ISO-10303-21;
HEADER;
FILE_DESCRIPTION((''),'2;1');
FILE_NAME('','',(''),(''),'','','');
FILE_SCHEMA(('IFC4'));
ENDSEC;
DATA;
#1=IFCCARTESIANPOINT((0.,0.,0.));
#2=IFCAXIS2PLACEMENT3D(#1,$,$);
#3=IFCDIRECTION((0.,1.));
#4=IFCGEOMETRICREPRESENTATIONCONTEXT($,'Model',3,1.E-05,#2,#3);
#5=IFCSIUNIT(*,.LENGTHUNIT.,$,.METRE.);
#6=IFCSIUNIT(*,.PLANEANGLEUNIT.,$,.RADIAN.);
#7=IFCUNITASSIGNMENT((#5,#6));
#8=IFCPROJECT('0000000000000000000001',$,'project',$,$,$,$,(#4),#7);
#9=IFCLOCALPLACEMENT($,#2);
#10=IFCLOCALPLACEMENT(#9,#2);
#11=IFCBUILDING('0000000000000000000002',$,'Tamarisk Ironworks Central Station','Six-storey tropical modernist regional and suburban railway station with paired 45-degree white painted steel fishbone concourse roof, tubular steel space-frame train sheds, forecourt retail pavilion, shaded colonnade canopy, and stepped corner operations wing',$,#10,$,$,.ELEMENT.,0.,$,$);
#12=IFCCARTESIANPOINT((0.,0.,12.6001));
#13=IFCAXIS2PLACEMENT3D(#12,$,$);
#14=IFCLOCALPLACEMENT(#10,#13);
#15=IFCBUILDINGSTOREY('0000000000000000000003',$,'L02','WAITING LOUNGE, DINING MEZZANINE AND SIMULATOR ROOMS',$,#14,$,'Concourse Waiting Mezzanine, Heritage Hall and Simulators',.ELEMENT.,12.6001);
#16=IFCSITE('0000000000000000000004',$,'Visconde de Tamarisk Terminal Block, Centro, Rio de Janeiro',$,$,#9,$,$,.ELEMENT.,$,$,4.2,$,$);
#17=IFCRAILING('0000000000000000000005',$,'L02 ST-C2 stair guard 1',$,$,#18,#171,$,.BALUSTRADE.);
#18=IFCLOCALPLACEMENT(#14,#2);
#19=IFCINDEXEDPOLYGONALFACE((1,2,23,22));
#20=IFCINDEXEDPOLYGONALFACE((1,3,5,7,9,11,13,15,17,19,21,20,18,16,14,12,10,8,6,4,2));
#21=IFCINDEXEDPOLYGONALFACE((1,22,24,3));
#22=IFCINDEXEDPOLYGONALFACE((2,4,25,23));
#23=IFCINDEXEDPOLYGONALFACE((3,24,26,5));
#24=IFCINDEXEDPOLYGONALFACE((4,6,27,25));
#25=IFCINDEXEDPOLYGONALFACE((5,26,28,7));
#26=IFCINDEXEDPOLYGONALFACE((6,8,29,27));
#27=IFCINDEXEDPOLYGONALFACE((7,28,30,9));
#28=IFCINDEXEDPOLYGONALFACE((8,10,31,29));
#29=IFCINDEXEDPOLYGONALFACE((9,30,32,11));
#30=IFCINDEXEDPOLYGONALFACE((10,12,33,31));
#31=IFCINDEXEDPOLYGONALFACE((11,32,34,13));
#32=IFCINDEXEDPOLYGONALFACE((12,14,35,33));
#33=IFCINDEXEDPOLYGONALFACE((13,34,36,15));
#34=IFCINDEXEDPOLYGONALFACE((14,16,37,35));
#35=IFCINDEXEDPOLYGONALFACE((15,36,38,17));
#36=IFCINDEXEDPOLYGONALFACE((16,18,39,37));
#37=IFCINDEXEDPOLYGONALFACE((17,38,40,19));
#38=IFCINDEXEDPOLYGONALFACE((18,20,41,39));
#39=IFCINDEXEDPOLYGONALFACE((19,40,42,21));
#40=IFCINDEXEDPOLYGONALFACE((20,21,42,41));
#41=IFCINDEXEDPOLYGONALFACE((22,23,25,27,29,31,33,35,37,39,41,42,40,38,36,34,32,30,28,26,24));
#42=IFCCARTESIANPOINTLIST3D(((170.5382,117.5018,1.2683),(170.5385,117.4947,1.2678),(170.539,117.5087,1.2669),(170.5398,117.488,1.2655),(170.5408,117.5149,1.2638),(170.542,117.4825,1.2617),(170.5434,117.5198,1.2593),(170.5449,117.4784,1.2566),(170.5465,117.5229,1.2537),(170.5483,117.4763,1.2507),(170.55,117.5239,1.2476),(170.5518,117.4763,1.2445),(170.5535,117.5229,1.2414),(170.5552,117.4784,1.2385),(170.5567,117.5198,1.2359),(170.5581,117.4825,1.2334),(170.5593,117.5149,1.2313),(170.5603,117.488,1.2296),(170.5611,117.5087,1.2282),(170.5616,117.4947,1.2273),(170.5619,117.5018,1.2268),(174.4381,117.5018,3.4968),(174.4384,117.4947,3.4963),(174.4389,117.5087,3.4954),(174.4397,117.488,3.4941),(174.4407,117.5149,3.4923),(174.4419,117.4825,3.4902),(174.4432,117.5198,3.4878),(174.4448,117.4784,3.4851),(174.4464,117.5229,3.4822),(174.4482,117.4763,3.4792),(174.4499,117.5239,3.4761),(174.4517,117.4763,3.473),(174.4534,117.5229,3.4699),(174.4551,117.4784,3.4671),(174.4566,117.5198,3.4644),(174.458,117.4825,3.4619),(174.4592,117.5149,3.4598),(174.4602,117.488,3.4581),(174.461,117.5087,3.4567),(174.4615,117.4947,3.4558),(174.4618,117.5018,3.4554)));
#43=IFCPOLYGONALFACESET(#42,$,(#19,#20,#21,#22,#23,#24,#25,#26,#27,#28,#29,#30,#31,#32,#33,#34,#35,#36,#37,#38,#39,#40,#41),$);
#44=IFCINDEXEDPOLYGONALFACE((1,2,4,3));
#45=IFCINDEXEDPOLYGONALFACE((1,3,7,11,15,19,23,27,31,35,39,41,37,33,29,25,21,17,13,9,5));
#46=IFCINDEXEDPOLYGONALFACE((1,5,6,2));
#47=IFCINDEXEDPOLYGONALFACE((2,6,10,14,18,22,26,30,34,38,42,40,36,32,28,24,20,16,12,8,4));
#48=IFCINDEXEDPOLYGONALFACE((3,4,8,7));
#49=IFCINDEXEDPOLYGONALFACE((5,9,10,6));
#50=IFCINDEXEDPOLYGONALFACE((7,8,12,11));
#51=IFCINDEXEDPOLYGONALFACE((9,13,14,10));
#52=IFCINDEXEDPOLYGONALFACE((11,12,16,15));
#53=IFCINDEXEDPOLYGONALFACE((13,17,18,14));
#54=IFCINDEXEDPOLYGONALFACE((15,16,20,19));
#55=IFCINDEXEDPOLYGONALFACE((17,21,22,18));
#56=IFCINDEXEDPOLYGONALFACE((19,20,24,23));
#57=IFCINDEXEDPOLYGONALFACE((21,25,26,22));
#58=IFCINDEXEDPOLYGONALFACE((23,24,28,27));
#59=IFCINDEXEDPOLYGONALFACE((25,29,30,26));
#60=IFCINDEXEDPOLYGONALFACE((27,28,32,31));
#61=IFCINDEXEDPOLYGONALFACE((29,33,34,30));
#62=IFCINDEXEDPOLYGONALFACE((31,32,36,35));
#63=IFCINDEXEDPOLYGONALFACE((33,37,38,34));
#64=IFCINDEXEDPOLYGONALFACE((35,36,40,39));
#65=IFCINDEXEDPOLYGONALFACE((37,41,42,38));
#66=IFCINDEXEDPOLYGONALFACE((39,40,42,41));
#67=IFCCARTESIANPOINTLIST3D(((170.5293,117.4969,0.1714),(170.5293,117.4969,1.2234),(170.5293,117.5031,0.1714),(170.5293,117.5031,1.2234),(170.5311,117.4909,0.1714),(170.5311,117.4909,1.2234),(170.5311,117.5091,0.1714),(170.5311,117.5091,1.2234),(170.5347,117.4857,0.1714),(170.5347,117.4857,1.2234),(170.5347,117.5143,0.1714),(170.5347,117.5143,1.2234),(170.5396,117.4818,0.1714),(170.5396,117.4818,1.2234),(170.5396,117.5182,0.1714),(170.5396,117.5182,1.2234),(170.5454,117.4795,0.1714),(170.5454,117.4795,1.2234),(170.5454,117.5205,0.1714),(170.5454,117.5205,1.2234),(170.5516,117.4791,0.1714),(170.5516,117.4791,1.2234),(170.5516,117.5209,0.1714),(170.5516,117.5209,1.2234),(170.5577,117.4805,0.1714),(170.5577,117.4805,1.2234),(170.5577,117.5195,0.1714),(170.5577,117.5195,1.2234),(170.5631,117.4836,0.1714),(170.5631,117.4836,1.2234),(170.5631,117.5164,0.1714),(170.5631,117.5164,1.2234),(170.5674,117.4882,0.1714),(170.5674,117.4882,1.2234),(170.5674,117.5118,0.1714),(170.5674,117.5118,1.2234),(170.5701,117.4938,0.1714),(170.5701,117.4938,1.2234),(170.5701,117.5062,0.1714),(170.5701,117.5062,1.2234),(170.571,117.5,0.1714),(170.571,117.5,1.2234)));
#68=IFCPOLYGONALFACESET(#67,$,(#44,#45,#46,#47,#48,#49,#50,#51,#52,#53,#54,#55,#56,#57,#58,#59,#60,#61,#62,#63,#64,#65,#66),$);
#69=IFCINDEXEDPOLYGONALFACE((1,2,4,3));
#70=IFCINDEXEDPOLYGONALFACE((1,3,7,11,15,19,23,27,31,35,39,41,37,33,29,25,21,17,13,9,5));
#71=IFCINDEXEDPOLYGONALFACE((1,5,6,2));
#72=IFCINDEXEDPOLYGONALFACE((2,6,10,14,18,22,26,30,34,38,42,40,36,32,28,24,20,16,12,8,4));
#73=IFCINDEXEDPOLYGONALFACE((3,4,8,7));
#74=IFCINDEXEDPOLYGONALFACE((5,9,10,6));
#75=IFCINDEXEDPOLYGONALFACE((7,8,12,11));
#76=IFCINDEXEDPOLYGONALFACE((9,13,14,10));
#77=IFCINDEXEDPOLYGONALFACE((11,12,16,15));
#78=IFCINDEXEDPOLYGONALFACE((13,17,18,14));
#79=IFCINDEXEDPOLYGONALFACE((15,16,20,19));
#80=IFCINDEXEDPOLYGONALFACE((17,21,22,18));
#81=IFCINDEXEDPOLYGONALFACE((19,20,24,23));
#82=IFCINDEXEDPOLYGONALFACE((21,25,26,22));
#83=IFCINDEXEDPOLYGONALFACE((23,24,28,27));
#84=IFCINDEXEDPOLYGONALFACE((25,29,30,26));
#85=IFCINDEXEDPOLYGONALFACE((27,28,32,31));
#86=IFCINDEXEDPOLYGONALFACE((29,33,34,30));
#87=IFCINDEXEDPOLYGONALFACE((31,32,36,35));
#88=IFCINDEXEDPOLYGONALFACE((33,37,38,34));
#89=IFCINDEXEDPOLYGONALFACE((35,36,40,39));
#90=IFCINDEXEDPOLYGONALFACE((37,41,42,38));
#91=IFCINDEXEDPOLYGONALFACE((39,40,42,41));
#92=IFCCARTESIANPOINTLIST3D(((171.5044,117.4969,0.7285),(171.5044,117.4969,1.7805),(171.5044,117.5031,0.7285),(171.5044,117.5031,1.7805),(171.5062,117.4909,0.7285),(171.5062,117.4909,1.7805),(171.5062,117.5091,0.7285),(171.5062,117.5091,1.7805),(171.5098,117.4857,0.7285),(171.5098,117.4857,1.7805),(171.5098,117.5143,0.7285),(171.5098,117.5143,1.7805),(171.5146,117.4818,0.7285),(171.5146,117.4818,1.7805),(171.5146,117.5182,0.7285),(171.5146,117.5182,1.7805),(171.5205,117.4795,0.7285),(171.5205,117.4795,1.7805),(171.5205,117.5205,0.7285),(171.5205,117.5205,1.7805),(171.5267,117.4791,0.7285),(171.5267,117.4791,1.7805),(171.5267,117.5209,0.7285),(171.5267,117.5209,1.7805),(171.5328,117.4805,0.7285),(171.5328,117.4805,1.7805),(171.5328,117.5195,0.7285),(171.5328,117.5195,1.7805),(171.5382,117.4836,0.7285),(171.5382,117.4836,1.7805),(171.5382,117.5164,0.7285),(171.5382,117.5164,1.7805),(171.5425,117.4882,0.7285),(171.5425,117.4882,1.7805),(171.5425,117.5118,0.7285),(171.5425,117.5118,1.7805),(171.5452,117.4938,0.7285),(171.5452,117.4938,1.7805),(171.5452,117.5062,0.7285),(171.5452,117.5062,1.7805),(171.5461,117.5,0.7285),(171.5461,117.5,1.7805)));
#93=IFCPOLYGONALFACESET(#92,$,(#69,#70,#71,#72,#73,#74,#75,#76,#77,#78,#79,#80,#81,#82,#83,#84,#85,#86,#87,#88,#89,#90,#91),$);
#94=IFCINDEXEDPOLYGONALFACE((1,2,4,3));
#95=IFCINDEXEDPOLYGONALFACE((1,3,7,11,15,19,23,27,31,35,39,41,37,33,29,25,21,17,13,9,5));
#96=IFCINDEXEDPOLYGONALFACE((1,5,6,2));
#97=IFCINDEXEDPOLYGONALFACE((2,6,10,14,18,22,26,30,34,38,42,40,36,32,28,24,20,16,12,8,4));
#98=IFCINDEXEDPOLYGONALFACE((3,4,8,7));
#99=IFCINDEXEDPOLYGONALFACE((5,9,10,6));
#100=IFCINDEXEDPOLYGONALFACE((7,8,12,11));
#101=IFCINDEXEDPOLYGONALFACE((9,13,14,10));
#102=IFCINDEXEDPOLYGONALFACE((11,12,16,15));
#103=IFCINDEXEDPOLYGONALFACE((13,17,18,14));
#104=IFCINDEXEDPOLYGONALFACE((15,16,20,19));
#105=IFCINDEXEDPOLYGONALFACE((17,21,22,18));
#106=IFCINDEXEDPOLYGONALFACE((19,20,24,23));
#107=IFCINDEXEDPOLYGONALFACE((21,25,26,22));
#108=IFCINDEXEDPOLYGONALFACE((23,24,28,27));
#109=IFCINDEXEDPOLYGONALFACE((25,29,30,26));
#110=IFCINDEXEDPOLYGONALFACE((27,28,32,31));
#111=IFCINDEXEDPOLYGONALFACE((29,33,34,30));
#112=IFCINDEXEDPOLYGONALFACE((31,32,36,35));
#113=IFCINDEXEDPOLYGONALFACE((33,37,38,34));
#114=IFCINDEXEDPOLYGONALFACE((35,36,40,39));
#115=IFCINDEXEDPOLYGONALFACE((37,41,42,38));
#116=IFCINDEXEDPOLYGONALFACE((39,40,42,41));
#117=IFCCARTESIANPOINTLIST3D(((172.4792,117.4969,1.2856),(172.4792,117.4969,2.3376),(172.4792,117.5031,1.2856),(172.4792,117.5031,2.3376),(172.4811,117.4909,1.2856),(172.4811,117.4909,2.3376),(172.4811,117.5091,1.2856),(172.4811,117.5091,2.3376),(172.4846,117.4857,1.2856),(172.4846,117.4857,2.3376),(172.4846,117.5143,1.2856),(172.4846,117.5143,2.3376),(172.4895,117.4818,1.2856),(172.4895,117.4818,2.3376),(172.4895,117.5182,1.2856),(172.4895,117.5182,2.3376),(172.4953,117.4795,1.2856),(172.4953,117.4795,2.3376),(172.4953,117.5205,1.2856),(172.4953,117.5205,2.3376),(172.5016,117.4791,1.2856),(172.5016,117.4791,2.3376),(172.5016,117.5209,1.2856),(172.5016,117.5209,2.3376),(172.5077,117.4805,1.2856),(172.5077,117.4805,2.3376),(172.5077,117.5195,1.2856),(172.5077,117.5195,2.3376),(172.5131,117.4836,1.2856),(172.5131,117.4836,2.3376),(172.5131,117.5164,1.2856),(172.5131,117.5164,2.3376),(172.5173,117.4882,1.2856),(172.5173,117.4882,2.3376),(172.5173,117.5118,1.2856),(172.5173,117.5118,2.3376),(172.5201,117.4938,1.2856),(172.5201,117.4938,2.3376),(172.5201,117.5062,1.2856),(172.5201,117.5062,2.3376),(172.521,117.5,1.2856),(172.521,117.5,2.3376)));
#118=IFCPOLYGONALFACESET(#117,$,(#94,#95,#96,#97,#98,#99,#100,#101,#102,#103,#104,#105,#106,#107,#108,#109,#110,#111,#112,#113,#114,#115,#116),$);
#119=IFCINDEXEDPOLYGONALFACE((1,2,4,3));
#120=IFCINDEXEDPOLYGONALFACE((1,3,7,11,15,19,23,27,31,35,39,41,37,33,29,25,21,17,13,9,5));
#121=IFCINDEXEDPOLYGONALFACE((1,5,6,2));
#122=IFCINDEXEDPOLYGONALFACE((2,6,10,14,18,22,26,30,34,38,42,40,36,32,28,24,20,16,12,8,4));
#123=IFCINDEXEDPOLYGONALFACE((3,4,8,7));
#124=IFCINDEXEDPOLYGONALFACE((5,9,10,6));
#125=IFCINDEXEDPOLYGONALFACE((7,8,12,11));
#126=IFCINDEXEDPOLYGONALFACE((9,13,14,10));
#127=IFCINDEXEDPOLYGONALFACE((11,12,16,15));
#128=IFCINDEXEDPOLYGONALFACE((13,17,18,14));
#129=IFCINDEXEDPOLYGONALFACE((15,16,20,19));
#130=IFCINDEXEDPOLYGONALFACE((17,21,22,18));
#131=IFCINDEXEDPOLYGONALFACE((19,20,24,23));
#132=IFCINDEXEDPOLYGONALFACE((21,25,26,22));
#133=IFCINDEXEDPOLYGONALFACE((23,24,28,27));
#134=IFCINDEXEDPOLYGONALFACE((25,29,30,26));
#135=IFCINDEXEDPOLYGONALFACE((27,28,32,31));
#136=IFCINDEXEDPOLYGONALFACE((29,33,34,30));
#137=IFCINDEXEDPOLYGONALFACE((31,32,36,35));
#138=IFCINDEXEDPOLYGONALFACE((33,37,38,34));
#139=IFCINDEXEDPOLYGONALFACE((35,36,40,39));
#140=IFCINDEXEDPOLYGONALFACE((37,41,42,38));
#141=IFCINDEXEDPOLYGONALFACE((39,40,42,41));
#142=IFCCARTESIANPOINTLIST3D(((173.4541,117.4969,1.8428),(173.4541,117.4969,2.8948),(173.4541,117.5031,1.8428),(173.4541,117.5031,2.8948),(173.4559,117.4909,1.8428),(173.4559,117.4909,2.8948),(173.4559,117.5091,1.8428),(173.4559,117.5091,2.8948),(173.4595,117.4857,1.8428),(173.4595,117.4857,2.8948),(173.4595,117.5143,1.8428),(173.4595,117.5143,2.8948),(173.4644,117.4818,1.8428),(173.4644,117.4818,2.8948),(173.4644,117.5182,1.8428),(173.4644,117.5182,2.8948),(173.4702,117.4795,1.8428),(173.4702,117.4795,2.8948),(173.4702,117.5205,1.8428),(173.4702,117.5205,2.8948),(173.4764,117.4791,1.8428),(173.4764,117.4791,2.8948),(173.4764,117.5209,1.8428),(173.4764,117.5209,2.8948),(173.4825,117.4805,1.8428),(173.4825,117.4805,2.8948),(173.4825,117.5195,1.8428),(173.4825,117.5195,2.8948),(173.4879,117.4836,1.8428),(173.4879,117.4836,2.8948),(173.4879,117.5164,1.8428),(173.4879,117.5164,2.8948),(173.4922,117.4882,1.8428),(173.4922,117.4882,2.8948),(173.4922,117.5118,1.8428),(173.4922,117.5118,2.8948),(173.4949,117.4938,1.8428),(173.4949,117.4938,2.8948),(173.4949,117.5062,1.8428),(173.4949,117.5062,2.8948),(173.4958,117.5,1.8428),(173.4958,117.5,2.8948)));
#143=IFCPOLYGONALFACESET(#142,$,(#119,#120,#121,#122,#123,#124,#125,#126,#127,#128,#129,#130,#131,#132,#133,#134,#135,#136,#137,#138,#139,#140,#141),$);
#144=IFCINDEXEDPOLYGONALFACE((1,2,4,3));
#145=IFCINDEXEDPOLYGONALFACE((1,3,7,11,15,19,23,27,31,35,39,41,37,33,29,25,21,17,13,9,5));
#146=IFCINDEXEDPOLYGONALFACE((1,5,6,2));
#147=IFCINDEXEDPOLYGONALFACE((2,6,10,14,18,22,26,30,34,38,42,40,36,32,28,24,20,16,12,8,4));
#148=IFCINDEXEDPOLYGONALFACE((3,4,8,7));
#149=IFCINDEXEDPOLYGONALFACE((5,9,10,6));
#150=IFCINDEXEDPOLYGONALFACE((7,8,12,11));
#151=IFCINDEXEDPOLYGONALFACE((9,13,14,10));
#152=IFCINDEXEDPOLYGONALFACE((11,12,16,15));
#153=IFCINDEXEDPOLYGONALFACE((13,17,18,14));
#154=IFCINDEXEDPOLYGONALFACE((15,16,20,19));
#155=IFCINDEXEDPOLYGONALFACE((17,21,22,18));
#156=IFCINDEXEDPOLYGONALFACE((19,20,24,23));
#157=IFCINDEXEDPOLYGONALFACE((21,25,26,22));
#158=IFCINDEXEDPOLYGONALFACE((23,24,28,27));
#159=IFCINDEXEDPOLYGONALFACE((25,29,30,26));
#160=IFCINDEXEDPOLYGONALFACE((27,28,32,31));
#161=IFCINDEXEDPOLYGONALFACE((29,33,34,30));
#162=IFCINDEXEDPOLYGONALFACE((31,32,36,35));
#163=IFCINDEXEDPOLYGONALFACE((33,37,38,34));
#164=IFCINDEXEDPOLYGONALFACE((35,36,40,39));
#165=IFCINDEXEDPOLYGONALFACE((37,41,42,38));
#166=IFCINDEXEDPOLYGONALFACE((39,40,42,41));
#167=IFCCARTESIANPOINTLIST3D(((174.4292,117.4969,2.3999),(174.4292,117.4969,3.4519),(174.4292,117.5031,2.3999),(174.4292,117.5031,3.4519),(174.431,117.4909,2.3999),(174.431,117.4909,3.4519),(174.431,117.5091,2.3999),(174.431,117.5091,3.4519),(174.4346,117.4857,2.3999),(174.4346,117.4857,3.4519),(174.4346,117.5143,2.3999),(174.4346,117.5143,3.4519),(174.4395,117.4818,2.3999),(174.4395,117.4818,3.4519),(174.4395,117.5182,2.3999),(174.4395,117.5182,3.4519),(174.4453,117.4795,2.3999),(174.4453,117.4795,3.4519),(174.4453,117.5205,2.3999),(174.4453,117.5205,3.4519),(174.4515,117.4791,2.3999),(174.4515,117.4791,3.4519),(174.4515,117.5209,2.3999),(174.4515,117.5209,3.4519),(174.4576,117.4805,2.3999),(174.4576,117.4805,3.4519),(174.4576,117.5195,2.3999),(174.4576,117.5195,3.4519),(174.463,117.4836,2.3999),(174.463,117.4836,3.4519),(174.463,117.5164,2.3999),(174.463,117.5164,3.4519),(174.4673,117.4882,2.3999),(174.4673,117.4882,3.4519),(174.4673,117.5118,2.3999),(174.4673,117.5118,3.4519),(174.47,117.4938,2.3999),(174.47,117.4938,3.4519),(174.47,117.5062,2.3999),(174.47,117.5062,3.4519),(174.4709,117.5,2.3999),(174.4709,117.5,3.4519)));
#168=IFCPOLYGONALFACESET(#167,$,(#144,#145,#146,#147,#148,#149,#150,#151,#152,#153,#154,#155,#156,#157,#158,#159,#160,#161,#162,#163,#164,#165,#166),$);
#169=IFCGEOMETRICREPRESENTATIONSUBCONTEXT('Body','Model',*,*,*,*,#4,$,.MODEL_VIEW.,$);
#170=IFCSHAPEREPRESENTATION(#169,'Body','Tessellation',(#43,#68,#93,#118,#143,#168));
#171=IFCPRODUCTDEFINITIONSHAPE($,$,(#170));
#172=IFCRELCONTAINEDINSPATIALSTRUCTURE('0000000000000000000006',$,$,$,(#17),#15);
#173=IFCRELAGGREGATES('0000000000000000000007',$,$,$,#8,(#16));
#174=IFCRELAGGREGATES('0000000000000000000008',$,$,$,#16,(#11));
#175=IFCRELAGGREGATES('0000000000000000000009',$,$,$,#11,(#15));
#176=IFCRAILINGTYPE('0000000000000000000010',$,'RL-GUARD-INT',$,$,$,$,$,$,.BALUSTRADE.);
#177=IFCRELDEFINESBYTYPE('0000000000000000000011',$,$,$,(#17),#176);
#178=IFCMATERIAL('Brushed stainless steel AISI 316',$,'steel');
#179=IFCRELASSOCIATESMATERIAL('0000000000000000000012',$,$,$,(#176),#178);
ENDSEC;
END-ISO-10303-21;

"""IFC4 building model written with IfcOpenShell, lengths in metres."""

from ifc_helpers import new_model, si_unit, direction, frame, origin, origin_2d, place, context, subcontext, project, spatial, circle, extrude, material, type_object, element, save


model = new_model("IFC4")

# Units and contexts
model_context = context("Model", 3, precision=1e-05, world=origin(), true_north=direction((0.0, 1.0)))
body_context = subcontext(model_context, "Body", "Model", "MODEL_VIEW")
ifc_project = project(units=[si_unit("LENGTHUNIT", "METRE"), si_unit("PLANEANGLEUNIT", "RADIAN")], contexts=[model_context])

# Site, building, storey
site_placement = place(None, origin())
site = spatial("IfcSite", under=ifc_project, at=site_placement, Name="Visconde de Tamarisk Terminal Block, Centro, Rio de Janeiro", CompositionType="ELEMENT", RefElevation=4.2)
building_placement = place(site_placement, origin())
building = spatial("IfcBuilding", under=site, at=building_placement, Name="Tamarisk Ironworks Central Station", Description="Six-storey tropical modernist regional and suburban railway station with paired 45-degree white painted steel fishbone concourse roof, tubular steel space-frame train sheds, forecourt retail pavilion, shaded colonnade canopy, and stepped corner operations wing", CompositionType="ELEMENT", ElevationOfRefHeight=0.0)
storey_placement = place(building_placement, frame((0.0, 0.0, 12.6001)))
storey = spatial("IfcBuildingStorey", under=building, at=storey_placement, Name="L02", Description="WAITING LOUNGE, DINING MEZZANINE AND SIMULATOR ROOMS", LongName="Concourse Waiting Mezzanine, Heritage Hall and Simulators", CompositionType="ELEMENT", Elevation=12.6001)

# Railing
ifc_material_1 = material(Name="Brushed stainless steel AISI 316", Category="steel")
railing_type_1 = type_object("IfcRailingType", Name="RL-GUARD-INT", PredefinedType="BALUSTRADE", material=ifc_material_1)
railing_1_placement = place(storey_placement, frame((170.55, 117.5, 0.1714)))
element("IfcRailing", 1, at=railing_1_placement, inside=storey, type_object=railing_type_1, Name="L02 ST-C2 stair guard 1", PredefinedType="BALUSTRADE", context=body_context, shape_type="SweptSolid", body=[
    extrude(circle(Radius=0.0239, at=origin_2d()), frame((0.0, 0.0, 1.0762), z_axis=(0.868243, 0.0, 0.496139), x_axis=(0.0, 1.0, 0.0)), (0.0, 0.0, 1.0), 4.4917),
    extrude(circle(Radius=0.021, at=origin_2d()), origin(), (0.0, 0.0, 1.0), 1.052),
    extrude(circle(Radius=0.021, at=origin_2d()), frame((0.9751, 0.0, 0.5571)), (0.0, 0.0, 1.0), 1.052),
    extrude(circle(Radius=0.021, at=origin_2d()), frame((1.95, 0.0, 1.1143)), (0.0, 0.0, 1.0), 1.052),
    extrude(circle(Radius=0.021, at=origin_2d()), frame((2.9248, 0.0, 1.6714)), (0.0, 0.0, 1.0), 1.052),
    extrude(circle(Radius=0.021, at=origin_2d()), frame((3.8999, 0.0, 2.2285)), (0.0, 0.0, 1.0), 1.052),
])

save(model, "model.ifc")
